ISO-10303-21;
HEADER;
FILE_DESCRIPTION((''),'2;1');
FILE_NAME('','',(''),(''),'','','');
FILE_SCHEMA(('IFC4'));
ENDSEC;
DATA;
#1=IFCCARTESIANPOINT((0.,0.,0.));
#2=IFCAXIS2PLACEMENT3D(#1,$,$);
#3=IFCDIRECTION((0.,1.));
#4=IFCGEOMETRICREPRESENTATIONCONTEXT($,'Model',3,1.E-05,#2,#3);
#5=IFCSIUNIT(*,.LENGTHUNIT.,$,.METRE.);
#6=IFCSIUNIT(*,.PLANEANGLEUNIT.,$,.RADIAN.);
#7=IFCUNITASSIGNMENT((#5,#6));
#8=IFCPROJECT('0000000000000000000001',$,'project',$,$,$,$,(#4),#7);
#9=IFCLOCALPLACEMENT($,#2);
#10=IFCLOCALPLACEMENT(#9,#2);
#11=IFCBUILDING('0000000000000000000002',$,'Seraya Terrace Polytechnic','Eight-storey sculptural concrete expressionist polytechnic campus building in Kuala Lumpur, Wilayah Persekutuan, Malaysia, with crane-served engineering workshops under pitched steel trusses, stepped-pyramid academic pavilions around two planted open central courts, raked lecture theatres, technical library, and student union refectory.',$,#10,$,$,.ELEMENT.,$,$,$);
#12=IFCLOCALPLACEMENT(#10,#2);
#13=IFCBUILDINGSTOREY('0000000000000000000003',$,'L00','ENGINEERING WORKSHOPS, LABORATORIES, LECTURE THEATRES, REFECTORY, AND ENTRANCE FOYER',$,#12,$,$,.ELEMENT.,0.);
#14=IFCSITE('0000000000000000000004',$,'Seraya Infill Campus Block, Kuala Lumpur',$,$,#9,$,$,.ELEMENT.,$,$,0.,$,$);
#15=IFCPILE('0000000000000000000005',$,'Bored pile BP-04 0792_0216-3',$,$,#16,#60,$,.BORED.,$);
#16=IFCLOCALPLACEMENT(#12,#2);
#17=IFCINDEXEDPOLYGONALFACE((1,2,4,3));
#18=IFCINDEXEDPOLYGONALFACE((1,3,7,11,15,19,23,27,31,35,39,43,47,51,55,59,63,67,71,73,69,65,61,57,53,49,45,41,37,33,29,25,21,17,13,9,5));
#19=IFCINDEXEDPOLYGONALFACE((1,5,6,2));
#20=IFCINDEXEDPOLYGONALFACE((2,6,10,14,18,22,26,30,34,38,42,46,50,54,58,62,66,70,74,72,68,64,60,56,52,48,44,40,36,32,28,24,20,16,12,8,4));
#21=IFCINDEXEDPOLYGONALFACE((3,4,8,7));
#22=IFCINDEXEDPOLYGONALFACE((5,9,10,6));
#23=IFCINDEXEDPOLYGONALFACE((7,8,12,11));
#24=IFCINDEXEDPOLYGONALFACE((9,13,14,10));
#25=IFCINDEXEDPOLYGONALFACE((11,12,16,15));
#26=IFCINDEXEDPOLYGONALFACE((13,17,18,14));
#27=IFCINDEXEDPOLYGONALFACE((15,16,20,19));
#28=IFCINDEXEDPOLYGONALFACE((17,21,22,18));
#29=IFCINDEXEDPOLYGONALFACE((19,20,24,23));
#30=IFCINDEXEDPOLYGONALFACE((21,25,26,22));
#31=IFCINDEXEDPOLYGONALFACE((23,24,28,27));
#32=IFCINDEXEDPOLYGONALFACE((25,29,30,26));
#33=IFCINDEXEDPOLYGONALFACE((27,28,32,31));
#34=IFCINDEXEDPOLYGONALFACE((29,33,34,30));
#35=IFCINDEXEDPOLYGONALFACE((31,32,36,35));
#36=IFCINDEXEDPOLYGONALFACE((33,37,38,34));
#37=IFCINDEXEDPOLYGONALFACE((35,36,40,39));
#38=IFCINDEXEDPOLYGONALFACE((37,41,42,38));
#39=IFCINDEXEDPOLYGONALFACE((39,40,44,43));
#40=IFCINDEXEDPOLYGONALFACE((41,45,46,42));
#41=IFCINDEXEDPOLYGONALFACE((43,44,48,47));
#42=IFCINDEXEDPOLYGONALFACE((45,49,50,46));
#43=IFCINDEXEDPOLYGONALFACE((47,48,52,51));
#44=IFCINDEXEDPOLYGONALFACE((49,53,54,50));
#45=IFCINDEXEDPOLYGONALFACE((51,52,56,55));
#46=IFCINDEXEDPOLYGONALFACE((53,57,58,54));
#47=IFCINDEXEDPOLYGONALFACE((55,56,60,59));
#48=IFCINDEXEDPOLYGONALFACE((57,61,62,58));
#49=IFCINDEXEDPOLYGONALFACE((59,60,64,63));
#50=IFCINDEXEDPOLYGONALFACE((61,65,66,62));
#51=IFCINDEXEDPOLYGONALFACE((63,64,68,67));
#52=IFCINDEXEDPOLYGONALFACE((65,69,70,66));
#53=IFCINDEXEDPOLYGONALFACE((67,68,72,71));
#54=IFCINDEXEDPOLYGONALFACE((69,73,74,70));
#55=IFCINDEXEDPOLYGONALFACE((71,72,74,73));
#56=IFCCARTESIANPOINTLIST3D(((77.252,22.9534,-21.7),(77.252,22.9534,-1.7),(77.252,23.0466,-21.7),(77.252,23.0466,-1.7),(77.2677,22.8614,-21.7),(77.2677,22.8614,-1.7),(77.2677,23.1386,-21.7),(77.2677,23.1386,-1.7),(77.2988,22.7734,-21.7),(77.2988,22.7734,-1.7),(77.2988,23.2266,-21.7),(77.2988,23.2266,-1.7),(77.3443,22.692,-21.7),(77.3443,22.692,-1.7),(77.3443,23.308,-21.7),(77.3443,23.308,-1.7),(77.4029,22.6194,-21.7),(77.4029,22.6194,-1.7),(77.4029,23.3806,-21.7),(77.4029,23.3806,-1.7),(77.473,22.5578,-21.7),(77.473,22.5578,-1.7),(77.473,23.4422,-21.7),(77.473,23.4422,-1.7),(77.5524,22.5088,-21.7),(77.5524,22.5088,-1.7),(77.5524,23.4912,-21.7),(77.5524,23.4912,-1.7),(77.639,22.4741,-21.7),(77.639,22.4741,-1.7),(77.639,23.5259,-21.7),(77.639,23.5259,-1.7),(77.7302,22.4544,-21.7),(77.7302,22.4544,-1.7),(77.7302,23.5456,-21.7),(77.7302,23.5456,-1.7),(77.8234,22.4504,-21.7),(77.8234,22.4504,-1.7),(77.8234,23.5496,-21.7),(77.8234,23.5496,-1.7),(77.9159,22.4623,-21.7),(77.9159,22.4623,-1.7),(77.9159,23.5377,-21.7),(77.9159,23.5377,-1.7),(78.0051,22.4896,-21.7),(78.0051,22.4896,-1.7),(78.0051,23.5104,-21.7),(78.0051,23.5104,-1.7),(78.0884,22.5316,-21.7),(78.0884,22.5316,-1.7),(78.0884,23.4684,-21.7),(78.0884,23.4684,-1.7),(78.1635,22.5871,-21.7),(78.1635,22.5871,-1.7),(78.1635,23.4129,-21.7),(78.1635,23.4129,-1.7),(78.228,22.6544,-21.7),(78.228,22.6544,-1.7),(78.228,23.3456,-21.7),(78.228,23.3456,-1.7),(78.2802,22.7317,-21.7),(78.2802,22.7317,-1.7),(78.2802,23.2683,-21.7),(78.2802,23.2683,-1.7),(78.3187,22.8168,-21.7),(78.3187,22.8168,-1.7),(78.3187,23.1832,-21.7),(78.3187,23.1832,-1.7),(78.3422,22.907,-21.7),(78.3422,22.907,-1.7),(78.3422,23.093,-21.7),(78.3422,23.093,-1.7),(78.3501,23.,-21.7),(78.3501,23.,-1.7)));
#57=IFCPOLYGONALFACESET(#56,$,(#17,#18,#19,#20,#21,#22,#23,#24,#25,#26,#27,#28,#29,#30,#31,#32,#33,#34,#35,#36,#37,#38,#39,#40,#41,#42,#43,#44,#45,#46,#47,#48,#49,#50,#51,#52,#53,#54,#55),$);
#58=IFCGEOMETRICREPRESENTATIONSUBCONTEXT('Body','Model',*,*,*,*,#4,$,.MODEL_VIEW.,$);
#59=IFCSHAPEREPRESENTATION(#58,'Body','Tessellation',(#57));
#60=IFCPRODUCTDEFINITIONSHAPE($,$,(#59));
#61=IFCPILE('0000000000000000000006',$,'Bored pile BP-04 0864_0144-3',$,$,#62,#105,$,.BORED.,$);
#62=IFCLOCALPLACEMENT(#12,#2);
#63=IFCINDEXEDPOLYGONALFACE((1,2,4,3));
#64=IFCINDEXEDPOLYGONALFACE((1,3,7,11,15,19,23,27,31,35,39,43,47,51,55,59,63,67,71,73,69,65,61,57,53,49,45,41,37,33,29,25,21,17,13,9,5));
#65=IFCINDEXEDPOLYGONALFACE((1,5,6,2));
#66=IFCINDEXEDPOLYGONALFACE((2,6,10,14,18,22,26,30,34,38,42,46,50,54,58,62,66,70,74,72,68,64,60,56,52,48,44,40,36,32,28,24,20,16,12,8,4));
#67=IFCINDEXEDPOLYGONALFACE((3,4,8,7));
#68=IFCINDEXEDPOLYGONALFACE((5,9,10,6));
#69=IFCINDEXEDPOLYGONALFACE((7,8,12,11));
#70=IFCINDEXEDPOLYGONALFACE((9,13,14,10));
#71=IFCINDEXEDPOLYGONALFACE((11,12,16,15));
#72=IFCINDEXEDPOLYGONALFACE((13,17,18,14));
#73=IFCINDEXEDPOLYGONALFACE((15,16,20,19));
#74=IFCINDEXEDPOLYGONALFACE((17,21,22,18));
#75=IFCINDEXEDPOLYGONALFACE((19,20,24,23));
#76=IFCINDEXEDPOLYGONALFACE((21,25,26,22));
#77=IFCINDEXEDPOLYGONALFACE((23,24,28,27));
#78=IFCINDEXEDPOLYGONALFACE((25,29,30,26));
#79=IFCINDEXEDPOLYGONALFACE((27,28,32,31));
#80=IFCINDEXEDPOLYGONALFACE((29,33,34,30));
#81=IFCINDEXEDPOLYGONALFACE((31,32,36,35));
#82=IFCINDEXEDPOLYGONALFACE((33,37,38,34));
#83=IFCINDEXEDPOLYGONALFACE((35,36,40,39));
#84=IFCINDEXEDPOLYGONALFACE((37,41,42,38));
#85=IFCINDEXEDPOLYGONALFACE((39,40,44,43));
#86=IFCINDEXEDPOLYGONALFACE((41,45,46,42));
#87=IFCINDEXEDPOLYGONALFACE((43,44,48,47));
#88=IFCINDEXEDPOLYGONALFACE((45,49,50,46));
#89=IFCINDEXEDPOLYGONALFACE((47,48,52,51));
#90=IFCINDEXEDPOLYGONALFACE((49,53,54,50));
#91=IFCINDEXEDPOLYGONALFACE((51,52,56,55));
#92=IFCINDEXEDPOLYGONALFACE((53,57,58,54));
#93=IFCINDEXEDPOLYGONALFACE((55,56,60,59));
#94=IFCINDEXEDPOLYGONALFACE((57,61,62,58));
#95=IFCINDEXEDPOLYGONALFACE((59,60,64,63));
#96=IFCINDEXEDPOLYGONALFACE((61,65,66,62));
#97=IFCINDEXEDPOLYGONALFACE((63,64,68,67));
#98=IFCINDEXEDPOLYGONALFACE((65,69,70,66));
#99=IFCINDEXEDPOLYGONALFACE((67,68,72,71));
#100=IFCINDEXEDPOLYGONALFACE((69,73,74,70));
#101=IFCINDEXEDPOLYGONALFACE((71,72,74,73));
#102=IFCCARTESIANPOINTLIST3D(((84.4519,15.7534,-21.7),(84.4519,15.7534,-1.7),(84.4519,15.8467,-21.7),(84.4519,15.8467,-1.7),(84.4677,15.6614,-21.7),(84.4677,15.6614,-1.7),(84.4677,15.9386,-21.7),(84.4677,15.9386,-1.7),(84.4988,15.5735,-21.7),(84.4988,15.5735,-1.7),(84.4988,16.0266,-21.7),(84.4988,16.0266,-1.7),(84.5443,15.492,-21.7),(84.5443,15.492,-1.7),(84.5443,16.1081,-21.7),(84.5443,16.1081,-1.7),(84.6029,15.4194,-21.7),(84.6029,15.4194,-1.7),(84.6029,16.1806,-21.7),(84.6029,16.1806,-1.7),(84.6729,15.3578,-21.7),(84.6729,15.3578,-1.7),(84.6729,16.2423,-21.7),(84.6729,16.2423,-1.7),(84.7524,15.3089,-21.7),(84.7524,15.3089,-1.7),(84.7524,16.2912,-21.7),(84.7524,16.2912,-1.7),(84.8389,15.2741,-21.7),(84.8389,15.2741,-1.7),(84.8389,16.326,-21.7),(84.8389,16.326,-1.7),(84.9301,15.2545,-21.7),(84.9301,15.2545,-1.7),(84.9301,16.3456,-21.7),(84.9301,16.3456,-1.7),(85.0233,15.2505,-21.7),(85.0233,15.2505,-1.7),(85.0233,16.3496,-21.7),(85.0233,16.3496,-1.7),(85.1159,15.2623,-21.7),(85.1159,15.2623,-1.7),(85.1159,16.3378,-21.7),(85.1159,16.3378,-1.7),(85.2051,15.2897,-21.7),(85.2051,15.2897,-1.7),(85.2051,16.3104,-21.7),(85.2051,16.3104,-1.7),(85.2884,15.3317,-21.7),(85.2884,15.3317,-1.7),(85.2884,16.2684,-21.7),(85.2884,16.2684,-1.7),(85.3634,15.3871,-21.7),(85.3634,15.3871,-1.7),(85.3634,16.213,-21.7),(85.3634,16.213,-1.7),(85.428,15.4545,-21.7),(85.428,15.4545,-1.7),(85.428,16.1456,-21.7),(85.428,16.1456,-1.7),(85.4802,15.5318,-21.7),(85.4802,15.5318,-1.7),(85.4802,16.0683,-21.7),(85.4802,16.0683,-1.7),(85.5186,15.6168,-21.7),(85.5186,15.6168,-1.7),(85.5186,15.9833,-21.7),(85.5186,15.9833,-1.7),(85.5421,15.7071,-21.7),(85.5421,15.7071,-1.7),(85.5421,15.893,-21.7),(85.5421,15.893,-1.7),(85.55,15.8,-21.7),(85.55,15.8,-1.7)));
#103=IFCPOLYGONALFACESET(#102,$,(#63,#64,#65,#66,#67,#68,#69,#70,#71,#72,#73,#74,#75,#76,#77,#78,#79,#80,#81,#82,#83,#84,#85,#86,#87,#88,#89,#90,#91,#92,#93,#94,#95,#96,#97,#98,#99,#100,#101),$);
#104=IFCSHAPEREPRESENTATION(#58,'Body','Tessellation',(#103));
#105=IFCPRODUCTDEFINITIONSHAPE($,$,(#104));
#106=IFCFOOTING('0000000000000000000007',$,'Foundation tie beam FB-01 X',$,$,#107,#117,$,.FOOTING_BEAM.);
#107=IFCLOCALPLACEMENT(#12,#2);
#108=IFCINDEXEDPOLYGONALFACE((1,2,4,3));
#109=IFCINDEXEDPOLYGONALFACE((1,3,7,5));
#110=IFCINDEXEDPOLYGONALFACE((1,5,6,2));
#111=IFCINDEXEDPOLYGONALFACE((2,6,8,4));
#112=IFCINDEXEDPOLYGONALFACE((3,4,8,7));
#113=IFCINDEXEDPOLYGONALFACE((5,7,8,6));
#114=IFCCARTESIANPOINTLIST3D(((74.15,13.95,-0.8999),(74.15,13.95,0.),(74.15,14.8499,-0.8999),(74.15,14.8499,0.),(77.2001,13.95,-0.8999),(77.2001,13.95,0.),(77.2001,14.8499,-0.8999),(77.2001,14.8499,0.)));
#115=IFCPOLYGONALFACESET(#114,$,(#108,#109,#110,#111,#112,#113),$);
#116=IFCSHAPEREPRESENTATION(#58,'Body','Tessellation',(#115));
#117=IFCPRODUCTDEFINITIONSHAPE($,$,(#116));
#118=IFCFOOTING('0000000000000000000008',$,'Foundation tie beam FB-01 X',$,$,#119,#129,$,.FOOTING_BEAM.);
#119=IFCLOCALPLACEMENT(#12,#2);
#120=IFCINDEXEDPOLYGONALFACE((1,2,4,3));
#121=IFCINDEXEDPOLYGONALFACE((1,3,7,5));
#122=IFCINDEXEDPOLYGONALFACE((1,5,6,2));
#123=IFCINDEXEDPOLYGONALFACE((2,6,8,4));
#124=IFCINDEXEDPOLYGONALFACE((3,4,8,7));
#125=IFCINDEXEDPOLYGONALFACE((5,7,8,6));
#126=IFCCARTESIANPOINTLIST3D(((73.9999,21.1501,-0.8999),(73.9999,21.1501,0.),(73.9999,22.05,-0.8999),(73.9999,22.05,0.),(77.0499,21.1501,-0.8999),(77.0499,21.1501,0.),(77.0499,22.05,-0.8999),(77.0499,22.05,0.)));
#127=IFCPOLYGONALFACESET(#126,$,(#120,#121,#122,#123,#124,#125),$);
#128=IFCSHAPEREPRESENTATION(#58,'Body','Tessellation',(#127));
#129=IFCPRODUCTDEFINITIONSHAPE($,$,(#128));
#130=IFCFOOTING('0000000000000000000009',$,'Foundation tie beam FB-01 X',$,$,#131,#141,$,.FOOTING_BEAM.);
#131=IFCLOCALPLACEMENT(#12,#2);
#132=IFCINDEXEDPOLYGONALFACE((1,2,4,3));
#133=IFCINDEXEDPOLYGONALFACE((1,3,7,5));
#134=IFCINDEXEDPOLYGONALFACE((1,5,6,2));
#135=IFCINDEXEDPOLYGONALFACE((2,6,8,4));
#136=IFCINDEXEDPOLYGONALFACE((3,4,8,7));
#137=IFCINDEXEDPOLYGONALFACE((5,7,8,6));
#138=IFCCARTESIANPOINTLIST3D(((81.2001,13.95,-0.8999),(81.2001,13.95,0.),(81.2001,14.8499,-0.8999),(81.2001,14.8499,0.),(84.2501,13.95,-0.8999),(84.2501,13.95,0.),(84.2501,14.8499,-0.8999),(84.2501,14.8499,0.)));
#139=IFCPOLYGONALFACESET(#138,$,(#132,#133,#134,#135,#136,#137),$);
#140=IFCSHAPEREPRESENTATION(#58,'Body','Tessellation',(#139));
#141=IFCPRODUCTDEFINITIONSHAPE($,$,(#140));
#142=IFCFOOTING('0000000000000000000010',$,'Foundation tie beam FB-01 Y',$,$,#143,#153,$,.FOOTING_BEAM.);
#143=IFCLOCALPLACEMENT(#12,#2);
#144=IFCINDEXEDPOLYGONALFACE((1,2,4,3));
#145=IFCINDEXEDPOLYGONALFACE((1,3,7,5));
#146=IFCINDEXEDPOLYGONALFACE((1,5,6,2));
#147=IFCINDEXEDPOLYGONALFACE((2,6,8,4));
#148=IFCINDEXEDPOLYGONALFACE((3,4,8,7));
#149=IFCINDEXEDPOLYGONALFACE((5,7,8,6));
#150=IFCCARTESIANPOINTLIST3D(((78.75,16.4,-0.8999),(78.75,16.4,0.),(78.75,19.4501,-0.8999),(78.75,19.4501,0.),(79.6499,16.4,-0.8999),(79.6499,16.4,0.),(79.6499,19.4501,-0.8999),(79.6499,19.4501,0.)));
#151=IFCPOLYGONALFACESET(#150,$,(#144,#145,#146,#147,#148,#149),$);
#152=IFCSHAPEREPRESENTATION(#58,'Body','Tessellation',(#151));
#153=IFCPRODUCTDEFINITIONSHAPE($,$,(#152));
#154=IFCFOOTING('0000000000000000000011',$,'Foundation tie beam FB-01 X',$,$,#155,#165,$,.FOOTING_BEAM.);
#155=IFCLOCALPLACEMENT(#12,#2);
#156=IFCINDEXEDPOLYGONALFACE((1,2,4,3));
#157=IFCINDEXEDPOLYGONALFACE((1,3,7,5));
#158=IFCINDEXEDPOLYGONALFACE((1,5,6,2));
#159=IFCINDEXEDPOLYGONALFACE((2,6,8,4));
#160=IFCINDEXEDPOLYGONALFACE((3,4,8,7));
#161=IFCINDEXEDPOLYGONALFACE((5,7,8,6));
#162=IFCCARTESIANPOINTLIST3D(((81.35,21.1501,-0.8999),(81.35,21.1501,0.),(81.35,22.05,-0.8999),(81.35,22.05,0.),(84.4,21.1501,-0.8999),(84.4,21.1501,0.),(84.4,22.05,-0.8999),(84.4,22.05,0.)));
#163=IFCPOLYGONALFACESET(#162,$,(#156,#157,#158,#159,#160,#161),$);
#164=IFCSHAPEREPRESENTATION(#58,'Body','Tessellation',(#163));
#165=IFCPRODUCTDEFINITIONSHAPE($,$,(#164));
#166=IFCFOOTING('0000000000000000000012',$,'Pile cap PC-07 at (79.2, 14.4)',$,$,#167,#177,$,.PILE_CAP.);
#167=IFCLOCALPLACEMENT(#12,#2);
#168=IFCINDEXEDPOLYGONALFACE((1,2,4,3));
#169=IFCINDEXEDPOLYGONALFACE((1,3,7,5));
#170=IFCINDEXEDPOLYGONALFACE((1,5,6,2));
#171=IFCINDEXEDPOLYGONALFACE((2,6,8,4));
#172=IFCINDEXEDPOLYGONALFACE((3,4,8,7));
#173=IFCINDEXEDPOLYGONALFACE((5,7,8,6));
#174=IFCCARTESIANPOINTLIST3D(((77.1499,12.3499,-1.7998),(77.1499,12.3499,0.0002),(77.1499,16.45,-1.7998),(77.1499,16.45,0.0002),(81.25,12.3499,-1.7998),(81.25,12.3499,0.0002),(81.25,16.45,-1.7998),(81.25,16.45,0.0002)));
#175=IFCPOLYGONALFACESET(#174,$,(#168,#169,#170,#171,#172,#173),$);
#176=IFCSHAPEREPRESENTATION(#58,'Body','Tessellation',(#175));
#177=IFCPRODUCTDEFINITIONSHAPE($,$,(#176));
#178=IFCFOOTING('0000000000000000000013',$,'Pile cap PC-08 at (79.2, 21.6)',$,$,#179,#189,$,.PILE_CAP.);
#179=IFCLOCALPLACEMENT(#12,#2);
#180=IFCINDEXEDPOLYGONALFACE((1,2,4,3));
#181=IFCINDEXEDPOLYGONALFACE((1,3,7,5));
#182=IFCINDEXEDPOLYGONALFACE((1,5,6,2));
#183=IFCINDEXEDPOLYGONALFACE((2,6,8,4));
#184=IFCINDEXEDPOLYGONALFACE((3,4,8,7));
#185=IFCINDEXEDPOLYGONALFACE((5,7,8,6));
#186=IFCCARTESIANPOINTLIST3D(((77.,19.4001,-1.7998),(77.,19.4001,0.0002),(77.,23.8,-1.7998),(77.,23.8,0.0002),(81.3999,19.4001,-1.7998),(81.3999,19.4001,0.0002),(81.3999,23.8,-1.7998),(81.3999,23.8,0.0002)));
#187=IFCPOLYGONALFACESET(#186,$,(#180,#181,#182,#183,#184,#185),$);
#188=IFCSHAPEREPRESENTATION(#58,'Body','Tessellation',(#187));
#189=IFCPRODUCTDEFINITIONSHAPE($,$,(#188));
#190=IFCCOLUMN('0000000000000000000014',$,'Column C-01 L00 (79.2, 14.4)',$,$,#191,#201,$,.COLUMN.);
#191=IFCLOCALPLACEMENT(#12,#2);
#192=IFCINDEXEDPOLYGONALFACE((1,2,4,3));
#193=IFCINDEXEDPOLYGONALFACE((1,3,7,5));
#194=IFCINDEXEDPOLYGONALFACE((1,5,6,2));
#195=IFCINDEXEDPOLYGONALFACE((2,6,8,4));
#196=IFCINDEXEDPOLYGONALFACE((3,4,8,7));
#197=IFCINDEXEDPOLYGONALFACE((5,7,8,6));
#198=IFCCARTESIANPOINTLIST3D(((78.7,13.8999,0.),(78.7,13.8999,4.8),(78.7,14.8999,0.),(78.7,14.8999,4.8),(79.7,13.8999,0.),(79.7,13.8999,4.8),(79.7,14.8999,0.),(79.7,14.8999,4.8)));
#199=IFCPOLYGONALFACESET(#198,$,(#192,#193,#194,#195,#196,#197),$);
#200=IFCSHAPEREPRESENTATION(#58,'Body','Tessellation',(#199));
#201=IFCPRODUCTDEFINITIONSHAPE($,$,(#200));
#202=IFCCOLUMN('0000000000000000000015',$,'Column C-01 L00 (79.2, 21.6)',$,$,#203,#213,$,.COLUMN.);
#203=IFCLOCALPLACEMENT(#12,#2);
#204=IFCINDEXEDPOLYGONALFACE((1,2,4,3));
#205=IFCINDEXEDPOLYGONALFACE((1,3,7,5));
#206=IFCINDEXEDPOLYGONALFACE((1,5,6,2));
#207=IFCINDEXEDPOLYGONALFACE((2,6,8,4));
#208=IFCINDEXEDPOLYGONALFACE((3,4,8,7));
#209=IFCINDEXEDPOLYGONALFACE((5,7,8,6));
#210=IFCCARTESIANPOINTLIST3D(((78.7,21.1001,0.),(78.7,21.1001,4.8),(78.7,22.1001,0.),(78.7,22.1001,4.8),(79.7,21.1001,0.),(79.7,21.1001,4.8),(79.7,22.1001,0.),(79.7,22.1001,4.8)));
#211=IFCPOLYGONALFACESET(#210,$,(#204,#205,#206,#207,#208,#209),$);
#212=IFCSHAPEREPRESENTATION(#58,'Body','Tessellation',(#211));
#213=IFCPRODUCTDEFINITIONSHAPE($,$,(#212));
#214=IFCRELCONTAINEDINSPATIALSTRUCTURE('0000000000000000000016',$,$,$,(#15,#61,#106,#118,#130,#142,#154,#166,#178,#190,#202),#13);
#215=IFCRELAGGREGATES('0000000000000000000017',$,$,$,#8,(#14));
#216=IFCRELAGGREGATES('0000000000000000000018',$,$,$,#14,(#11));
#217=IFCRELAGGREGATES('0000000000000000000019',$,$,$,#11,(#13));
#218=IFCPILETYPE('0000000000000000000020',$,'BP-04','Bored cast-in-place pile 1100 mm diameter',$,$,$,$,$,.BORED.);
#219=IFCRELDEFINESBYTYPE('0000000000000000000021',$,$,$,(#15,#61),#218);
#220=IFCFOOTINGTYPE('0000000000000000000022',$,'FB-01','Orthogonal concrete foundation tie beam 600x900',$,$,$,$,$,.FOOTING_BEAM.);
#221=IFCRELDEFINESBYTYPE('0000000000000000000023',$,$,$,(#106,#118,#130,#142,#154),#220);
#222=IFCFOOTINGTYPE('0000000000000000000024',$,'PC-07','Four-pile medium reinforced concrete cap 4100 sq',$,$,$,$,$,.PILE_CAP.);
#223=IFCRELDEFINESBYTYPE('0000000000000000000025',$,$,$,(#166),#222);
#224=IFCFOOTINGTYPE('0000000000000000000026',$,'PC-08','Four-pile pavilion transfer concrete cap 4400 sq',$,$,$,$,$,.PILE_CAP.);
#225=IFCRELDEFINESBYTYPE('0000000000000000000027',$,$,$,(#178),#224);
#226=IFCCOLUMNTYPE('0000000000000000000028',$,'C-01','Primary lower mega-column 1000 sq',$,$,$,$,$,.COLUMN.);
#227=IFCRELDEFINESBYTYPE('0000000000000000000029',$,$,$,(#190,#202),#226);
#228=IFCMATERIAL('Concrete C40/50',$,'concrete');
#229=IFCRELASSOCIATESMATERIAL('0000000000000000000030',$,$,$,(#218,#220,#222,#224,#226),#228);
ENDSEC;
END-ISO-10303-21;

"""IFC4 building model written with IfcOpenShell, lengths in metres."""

from ifc_helpers import new_model, si_unit, direction, frame, origin, origin_2d, place, context, subcontext, project, spatial, rectangle, circle, extrude, material, material_profile, profile_set, type_object, element, save


model = new_model("IFC4")

# Units and contexts
model_context = context("Model", 3, precision=1e-05, world=origin(), true_north=direction((0.0, 1.0)))
body_context = subcontext(model_context, "Body", "Model", "MODEL_VIEW")
ifc_project = project(units=[si_unit("LENGTHUNIT", "METRE"), si_unit("PLANEANGLEUNIT", "RADIAN")], contexts=[model_context])

# Site, building, storey
site_placement = place(None, origin())
site = spatial("IfcSite", under=ifc_project, at=site_placement, Name="Seraya Infill Campus Block, Kuala Lumpur", CompositionType="ELEMENT", RefElevation=0.0)
building_placement = place(site_placement, origin())
building = spatial("IfcBuilding", under=site, at=building_placement, Name="Seraya Terrace Polytechnic", Description="Eight-storey sculptural concrete expressionist polytechnic campus building in Kuala Lumpur, Wilayah Persekutuan, Malaysia, with crane-served engineering workshops under pitched steel trusses, stepped-pyramid academic pavilions around two planted open central courts, raked lecture theatres, technical library, and student union refectory.", CompositionType="ELEMENT")
storey_placement = place(building_placement, origin())
storey = spatial("IfcBuildingStorey", under=building, at=storey_placement, Name="L00", Description="ENGINEERING WORKSHOPS, LABORATORIES, LECTURE THEATRES, REFECTORY, AND ENTRANCE FOYER", CompositionType="ELEMENT", Elevation=0.0)

# Piles
ifc_material_1 = material(Name="Concrete C40/50", Category="concrete")
ifc_material_profile_1 = material_profile(ifc_material_1, circle(Radius=0.55, at=origin_2d()), Name="DIA 1100")
ifc_profile_set_1 = profile_set([ifc_material_profile_1], Name="Concrete C40/50")
pile_type_1 = type_object("IfcPileType", Name="BP-04", Description="Bored cast-in-place pile 1100 mm diameter", PredefinedType="BORED", material=ifc_profile_set_1)
for number, where, z_axis, x_axis, name in (
    (1, (77.8, 23.0, -1.7), (0.0, 0.0, -1.0), (1.0, 0.0, 0.0), "Bored pile BP-04 0792_0216-3"),
    (2, (85.0, 15.8, -1.7), (0.0, 0.0, -1.0), (1.0, 0.0, 0.0), "Bored pile BP-04 0864_0144-3"),
):
    element("IfcPile", number, at=place(storey_placement, frame(where, z_axis=z_axis, x_axis=x_axis)), inside=storey, type_object=pile_type_1, Name=name, PredefinedType="BORED", context=body_context, shape_type="SweptSolid", body=[
        extrude(circle(Radius=0.55, at=origin_2d()), origin(), (0.0, 0.0, 1.0), 20.0),
    ])

# Footings
footing_type_1 = type_object("IfcFootingType", Name="FB-01", Description="Orthogonal concrete foundation tie beam 600x900", PredefinedType="FOOTING_BEAM", material=ifc_material_1)
for number, where, z_axis, x_axis, name in (
    (3, (75.675, 14.3999, -0.8999), (0.0, 0.0, 1.0), (1.0, 0.0, 0.0), "Foundation tie beam FB-01 X"),
    (4, (75.5249, 21.6001, -0.8999), (0.0, 0.0, 1.0), (1.0, 0.0, 0.0), "Foundation tie beam FB-01 X"),
    (5, (82.7251, 14.3999, -0.8999), (0.0, 0.0, 1.0), (1.0, 0.0, 0.0), "Foundation tie beam FB-01 X"),
    (6, (79.2, 17.925, -0.8999), (0.0, 0.0, 1.0), (0.0, 1.0, 0.0), "Foundation tie beam FB-01 Y"),
    (7, (82.875, 21.6001, -0.8999), (0.0, 0.0, 1.0), (1.0, 0.0, 0.0), "Foundation tie beam FB-01 X"),
):
    element("IfcFooting", number, at=place(storey_placement, frame(where, z_axis=z_axis, x_axis=x_axis)), inside=storey, type_object=footing_type_1, Name=name, PredefinedType="FOOTING_BEAM", context=body_context, shape_type="SweptSolid", body=[
        extrude(rectangle(XDim=3.05, YDim=0.8999, at=origin_2d()), origin(), (0.0, 0.0, 1.0), 0.8999),
    ])
footing_type_2 = type_object("IfcFootingType", Name="PC-07", Description="Four-pile medium reinforced concrete cap 4100 sq", PredefinedType="PILE_CAP", material=ifc_material_1)
footing_1_placement = place(storey_placement, frame((79.2, 14.3999, -1.7998), z_axis=(0.0, 0.0, 1.0), x_axis=(1.0, 0.0, 0.0)))
element("IfcFooting", 8, at=footing_1_placement, inside=storey, type_object=footing_type_2, Name="Pile cap PC-07 at (79.2, 14.4)", PredefinedType="PILE_CAP", context=body_context, shape_type="SweptSolid", body=[
    extrude(rectangle(XDim=4.1001, YDim=4.1001, at=origin_2d()), origin(), (0.0, 0.0, 1.0), 1.8),
])
footing_type_3 = type_object("IfcFootingType", Name="PC-08", Description="Four-pile pavilion transfer concrete cap 4400 sq", PredefinedType="PILE_CAP", material=ifc_material_1)
footing_2_placement = place(storey_placement, frame((79.2, 21.6001, -1.7998), z_axis=(0.0, 0.0, 1.0), x_axis=(1.0, 0.0, 0.0)))
element("IfcFooting", 9, at=footing_2_placement, inside=storey, type_object=footing_type_3, Name="Pile cap PC-08 at (79.2, 21.6)", PredefinedType="PILE_CAP", context=body_context, shape_type="SweptSolid", body=[
    extrude(rectangle(XDim=4.3999, YDim=4.3999, at=origin_2d()), origin(), (0.0, 0.0, 1.0), 1.8),
])

# Columns
ifc_material_profile_2 = material_profile(ifc_material_1, rectangle(XDim=1.0, YDim=1.0, at=origin_2d()), Name="RC 1000x1000")
ifc_profile_set_2 = profile_set([ifc_material_profile_2], Name="Concrete C40/50")
column_type = type_object("IfcColumnType", Name="C-01", Description="Primary lower mega-column 1000 sq", PredefinedType="COLUMN", material=ifc_profile_set_2)
for number, where, z_axis, x_axis, name in (
    (10, (79.2, 14.3999, 0.0), (0.0, 0.0, 1.0), (1.0, 0.0, 0.0), "Column C-01 L00 (79.2, 14.4)"),
    (11, (79.2, 21.6001, 0.0), (0.0, 0.0, 1.0), (1.0, 0.0, 0.0), "Column C-01 L00 (79.2, 21.6)"),
):
    element("IfcColumn", number, at=place(storey_placement, frame(where, z_axis=z_axis, x_axis=x_axis)), inside=storey, type_object=column_type, Name=name, PredefinedType="COLUMN", context=body_context, shape_type="SweptSolid", body=[
        extrude(rectangle(XDim=1.0, YDim=1.0, at=origin_2d()), origin(), (0.0, 0.0, 1.0), 4.8),
    ])

save(model, "model.ifc")
